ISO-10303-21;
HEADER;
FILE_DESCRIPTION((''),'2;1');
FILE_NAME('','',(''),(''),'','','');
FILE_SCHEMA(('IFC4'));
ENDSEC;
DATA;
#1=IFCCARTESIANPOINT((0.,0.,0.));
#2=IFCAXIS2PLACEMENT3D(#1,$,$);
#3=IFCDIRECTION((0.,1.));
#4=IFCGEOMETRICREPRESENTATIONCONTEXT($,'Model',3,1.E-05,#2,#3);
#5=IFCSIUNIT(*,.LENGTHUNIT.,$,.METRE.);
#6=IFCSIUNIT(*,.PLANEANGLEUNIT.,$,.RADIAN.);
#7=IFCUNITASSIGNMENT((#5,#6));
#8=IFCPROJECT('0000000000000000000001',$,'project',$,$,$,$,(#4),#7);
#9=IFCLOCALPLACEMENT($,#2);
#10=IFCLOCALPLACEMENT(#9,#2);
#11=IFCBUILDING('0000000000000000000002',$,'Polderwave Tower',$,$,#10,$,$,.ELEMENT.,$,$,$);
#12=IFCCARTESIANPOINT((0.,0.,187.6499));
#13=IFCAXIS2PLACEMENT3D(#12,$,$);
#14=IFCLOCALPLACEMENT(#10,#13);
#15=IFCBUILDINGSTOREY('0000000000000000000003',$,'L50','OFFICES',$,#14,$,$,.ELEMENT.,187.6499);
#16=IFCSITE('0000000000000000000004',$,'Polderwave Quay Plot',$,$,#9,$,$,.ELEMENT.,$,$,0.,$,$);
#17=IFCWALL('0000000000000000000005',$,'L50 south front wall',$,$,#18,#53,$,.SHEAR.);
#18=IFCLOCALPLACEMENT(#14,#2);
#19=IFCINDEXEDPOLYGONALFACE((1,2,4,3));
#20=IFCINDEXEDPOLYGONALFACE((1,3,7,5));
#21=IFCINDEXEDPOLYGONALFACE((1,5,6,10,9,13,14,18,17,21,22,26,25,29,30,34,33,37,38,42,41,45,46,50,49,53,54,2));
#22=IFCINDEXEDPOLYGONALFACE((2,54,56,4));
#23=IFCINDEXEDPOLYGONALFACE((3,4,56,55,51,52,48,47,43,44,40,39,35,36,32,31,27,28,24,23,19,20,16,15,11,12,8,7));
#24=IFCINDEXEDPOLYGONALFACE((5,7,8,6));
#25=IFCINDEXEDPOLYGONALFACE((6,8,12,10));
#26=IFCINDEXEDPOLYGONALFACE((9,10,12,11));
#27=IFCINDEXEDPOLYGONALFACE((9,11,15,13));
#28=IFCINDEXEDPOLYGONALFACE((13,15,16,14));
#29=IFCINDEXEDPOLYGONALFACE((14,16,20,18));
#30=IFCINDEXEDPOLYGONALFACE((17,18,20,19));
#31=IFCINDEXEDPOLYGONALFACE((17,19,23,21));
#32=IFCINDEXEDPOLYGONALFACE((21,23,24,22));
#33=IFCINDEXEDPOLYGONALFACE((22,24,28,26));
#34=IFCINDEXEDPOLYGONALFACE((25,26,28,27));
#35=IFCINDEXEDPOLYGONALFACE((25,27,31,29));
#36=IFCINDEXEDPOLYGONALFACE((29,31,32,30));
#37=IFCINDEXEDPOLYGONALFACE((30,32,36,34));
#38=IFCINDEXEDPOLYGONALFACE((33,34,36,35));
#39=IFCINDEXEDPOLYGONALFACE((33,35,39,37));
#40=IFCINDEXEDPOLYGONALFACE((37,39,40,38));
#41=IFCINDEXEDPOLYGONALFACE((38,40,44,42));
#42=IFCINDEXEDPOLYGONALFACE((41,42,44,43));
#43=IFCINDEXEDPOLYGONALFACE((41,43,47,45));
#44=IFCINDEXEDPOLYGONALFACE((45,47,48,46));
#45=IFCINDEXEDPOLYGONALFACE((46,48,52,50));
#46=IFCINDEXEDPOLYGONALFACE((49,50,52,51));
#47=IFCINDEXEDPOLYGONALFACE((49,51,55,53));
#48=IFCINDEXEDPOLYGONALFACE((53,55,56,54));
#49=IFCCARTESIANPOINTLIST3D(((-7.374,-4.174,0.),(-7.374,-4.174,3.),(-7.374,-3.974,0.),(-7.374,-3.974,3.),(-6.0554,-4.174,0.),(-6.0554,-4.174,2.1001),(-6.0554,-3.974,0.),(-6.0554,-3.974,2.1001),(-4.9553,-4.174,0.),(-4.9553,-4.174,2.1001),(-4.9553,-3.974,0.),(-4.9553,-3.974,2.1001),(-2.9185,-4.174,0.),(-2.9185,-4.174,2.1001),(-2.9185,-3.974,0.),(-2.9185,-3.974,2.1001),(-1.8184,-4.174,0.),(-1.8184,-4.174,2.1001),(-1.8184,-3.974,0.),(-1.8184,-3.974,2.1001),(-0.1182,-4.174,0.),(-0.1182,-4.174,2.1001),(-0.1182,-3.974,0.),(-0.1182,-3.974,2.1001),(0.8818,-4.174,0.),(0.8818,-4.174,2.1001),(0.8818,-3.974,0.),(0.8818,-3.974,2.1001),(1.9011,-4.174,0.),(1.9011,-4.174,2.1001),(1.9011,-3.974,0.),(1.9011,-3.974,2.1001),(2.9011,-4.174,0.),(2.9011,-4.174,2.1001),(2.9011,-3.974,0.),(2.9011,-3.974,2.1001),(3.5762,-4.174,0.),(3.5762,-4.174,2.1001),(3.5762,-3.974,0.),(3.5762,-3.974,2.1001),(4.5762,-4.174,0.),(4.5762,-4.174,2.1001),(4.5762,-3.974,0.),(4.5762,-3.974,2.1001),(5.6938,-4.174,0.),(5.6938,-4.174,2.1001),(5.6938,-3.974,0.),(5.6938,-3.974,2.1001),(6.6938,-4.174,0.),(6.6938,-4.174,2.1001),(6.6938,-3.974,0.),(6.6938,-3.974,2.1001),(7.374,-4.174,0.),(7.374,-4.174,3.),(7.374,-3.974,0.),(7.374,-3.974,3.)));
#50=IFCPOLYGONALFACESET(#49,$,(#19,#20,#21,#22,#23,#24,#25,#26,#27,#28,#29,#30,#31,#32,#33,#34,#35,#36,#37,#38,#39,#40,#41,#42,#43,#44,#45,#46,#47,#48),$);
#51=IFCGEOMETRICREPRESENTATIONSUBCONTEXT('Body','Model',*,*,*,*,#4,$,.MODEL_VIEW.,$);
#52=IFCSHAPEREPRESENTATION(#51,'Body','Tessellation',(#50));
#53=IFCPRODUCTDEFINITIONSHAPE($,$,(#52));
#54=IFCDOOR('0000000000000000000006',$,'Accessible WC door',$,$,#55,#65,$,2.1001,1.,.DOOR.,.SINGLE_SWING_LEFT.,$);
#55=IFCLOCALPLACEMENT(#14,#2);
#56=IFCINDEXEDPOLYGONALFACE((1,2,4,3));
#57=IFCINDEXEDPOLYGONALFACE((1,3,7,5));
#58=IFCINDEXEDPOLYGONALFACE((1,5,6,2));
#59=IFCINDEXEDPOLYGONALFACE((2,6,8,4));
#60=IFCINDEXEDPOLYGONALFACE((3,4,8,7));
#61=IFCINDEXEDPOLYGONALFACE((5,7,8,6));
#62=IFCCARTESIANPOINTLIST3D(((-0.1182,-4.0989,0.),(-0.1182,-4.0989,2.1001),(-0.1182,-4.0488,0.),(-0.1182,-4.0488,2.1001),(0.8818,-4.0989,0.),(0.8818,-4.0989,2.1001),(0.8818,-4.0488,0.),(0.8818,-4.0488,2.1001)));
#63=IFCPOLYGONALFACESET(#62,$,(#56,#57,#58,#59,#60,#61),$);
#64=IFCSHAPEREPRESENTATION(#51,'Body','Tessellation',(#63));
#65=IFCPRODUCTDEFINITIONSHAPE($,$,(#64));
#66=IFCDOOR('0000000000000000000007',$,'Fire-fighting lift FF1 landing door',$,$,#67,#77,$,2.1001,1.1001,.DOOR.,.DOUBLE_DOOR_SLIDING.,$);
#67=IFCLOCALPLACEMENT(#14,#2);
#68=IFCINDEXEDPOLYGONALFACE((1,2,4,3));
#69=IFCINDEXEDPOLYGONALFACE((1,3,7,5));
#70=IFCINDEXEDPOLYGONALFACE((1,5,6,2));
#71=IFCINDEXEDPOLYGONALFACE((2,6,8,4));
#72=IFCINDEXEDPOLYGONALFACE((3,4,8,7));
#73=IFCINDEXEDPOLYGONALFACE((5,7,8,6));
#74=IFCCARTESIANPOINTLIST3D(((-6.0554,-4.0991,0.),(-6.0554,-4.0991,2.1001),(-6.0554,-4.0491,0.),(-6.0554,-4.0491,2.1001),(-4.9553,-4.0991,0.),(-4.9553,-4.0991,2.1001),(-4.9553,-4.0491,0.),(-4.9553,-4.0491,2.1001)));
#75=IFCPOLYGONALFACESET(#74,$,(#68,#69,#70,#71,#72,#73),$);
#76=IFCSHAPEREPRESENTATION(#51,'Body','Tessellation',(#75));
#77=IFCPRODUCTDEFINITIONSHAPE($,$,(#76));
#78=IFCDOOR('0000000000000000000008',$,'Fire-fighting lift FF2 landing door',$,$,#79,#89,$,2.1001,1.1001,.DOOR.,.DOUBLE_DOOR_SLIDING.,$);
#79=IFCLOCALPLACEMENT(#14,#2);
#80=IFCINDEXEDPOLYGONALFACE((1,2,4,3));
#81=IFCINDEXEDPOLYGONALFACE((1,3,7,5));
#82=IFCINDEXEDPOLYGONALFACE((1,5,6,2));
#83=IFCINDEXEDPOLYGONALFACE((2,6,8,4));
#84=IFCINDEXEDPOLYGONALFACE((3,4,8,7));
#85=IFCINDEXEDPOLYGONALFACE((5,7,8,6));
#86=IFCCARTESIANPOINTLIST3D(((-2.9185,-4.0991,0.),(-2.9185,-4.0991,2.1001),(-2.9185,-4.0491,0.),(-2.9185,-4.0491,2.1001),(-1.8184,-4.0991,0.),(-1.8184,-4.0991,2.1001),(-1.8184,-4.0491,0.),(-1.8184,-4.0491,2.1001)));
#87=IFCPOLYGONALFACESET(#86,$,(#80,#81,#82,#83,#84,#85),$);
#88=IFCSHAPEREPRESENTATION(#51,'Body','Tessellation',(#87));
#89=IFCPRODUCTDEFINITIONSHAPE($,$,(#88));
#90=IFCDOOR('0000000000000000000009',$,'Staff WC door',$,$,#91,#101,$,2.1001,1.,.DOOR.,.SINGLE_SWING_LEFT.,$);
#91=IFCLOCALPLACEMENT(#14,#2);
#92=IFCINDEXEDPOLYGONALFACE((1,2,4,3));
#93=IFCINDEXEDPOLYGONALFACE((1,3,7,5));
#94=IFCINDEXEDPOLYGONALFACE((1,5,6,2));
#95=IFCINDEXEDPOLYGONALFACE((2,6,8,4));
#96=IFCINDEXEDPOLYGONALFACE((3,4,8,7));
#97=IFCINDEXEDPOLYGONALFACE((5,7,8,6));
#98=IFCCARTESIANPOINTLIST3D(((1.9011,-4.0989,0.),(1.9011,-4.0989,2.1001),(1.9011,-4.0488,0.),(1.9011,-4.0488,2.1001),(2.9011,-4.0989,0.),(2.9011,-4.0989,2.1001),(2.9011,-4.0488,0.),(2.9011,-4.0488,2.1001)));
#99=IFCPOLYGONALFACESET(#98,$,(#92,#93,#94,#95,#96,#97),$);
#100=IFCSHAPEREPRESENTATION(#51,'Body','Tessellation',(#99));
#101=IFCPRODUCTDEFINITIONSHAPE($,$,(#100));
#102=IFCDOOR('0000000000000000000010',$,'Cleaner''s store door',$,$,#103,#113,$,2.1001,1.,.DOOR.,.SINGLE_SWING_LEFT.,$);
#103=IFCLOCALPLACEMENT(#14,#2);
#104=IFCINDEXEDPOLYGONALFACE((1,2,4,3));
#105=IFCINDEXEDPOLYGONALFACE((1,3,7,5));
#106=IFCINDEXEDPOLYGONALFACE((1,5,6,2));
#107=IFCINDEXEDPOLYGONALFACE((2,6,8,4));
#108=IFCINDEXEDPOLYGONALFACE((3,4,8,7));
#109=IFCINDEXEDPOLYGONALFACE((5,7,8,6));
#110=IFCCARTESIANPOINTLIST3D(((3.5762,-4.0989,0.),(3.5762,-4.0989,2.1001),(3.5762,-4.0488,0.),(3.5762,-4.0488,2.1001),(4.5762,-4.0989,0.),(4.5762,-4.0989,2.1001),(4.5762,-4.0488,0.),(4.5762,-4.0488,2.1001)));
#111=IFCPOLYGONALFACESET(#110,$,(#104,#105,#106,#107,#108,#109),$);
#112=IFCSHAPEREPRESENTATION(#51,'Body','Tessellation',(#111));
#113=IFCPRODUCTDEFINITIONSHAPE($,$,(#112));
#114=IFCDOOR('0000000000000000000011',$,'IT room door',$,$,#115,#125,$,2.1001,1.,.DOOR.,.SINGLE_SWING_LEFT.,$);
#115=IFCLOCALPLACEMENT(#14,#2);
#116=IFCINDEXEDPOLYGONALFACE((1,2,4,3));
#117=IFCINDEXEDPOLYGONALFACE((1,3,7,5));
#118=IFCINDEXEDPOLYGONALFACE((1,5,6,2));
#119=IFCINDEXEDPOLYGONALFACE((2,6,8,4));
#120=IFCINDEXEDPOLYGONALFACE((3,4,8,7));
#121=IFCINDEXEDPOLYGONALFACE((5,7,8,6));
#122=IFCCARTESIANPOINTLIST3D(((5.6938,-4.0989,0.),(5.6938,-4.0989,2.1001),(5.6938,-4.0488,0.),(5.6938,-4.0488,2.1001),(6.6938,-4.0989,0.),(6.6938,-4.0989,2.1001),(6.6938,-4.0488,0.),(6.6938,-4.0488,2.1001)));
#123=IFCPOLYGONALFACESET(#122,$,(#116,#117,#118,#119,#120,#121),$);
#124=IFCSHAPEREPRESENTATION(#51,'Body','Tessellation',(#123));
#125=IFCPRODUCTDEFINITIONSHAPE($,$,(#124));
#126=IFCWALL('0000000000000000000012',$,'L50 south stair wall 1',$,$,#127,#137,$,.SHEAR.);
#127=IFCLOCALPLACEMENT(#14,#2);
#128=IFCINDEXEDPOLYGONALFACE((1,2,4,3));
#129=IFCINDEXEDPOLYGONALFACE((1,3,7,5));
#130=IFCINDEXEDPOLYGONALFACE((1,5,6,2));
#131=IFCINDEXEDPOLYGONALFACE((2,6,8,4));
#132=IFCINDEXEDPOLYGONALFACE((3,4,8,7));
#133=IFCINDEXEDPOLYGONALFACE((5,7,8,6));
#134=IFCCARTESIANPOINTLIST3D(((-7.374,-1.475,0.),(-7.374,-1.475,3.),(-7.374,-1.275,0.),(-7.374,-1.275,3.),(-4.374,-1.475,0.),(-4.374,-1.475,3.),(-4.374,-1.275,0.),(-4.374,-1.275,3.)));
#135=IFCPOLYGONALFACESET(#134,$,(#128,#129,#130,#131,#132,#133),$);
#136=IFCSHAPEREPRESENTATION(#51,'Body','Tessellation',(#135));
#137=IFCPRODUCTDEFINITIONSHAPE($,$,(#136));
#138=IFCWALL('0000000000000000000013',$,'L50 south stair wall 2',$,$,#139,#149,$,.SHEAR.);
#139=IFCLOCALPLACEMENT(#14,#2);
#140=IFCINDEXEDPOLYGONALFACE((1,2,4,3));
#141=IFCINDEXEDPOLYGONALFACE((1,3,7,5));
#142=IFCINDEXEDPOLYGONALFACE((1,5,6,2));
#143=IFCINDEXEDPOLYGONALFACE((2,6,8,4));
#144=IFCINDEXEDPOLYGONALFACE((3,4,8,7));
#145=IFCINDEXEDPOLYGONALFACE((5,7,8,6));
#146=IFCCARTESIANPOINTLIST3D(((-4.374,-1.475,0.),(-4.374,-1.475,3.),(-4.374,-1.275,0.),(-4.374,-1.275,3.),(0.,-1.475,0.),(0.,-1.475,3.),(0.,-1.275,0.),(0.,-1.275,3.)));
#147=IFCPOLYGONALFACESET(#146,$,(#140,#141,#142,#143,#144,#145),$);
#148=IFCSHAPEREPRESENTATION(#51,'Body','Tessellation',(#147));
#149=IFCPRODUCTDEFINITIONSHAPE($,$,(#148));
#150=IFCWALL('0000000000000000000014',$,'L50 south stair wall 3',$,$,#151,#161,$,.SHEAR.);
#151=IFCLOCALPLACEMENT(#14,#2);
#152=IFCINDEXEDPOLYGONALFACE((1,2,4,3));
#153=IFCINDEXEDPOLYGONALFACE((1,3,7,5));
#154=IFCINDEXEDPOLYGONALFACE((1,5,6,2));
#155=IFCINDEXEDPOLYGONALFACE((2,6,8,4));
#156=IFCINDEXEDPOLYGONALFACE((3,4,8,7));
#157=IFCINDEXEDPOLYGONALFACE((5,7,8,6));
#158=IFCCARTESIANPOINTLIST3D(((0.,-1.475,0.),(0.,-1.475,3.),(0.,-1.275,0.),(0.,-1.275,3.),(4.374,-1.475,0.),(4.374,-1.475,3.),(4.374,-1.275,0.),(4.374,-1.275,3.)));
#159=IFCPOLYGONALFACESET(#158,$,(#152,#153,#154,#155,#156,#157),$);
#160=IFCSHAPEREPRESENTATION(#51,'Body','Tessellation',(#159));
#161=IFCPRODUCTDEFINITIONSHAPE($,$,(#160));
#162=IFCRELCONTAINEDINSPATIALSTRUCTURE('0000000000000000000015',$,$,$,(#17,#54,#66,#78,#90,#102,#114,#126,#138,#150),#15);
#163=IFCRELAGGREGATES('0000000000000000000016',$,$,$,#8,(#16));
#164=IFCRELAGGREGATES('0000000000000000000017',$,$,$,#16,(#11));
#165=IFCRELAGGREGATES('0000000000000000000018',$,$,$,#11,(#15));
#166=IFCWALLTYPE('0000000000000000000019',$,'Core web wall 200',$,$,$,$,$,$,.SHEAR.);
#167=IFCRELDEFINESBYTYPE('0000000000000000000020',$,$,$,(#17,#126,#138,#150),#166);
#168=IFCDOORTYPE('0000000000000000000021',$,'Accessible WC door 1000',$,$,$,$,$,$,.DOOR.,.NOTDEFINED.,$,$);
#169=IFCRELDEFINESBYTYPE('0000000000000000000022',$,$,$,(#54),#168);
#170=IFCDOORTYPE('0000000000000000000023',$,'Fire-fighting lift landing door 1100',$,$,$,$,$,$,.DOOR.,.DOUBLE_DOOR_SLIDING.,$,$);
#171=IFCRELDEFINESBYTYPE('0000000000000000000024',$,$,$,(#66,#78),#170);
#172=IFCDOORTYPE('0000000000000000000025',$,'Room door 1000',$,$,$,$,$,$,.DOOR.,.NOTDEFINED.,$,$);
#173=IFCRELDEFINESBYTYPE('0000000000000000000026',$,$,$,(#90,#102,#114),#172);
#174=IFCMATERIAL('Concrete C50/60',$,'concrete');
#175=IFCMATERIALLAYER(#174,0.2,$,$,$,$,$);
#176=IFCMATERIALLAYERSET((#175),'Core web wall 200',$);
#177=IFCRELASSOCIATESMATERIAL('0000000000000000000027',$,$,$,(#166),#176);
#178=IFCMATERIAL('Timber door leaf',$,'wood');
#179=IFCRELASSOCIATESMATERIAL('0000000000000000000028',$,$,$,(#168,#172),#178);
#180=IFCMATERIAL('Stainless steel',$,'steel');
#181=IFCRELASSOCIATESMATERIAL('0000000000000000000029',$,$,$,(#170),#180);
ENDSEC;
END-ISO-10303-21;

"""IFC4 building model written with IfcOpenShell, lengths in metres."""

from ifc_helpers import new_model, si_unit, direction, frame, frame_2d, origin, place, context, subcontext, project, spatial, rectangle, extrude, material, layer, layer_set, type_object, element, fill, save


model = new_model("IFC4")

# Units and contexts
model_context = context("Model", 3, precision=1e-05, world=origin(), true_north=direction((0.0, 1.0)))
body_context = subcontext(model_context, "Body", "Model", "MODEL_VIEW")
ifc_project = project(units=[si_unit("LENGTHUNIT", "METRE"), si_unit("PLANEANGLEUNIT", "RADIAN")], contexts=[model_context])

# Site, building, storey
site_placement = place(None, origin())
site = spatial("IfcSite", under=ifc_project, at=site_placement, Name="Polderwave Quay Plot", CompositionType="ELEMENT", RefElevation=0.0)
building_placement = place(site_placement, origin())
building = spatial("IfcBuilding", under=site, at=building_placement, Name="Polderwave Tower", CompositionType="ELEMENT")
storey_placement = place(building_placement, frame((0.0, 0.0, 187.6499)))
storey = spatial("IfcBuildingStorey", under=building, at=storey_placement, Name="L50", Description="OFFICES", CompositionType="ELEMENT", Elevation=187.6499)

# Wall, openings, doors
ifc_material_1 = material(Name="Concrete C50/60", Category="concrete")
ifc_layer_1 = layer(ifc_material_1, 0.2)
ifc_layer_set_1 = layer_set([ifc_layer_1], Name="Core web wall 200")
wall_type_1 = type_object("IfcWallType", Name="Core web wall 200", PredefinedType="SHEAR", material=ifc_layer_set_1)
wall_1_placement = place(storey_placement, frame((-7.374, -4.074, 0.0), z_axis=(0.0, 0.0, 1.0), x_axis=(1.0, 0.0, 0.0)))
wall_1 = element("IfcWall", 1, at=wall_1_placement, inside=storey, type_object=wall_type_1, Name="L50 south front wall", PredefinedType="SHEAR", context=body_context, shape_type="SweptSolid", body=[
    extrude(rectangle(XDim=14.748, YDim=0.2, at=frame_2d((7.374, 0.0))), origin(), (0.0, 0.0, 1.0), 3.0),
])
opening_1_placement = place(wall_1_placement, frame((1.3186, 0.0, 0.0)))
opening_1 = element("IfcOpeningElement", 2, at=opening_1_placement, cuts=wall_1, PredefinedType="OPENING", context=body_context, shape_type="SweptSolid", body=[
    extrude(rectangle(XDim=1.1001, YDim=2.1001, at=frame_2d((0.55, 1.05))), frame((0.0, 0.1099, 0.0), z_axis=(0.0, -1.0, 0.0), x_axis=(1.0, 0.0, 0.0)), (0.0, 0.0, 1.0), 0.22),
])
opening_2_placement = place(wall_1_placement, frame((4.4556, 0.0, 0.0)))
opening_2 = element("IfcOpeningElement", 3, at=opening_2_placement, cuts=wall_1, PredefinedType="OPENING", context=body_context, shape_type="SweptSolid", body=[
    extrude(rectangle(XDim=1.1001, YDim=2.1001, at=frame_2d((0.55, 1.05))), frame((0.0, 0.1099, 0.0), z_axis=(0.0, -1.0, 0.0), x_axis=(1.0, 0.0, 0.0)), (0.0, 0.0, 1.0), 0.22),
])
opening_3_placement = place(wall_1_placement, frame((7.2559, 0.0, 0.0)))
opening_3 = element("IfcOpeningElement", 4, at=opening_3_placement, cuts=wall_1, PredefinedType="OPENING", context=body_context, shape_type="SweptSolid", body=[
    extrude(rectangle(XDim=1.0, YDim=2.1001, at=frame_2d((0.5, 1.05))), frame((0.0, 0.1099, 0.0), z_axis=(0.0, -1.0, 0.0), x_axis=(1.0, 0.0, 0.0)), (0.0, 0.0, 1.0), 0.22),
])
opening_4_placement = place(wall_1_placement, frame((9.2751, 0.0, 0.0)))
opening_4 = element("IfcOpeningElement", 5, at=opening_4_placement, cuts=wall_1, PredefinedType="OPENING", context=body_context, shape_type="SweptSolid", body=[
    extrude(rectangle(XDim=1.0, YDim=2.1001, at=frame_2d((0.5, 1.05))), frame((0.0, 0.1099, 0.0), z_axis=(0.0, -1.0, 0.0), x_axis=(1.0, 0.0, 0.0)), (0.0, 0.0, 1.0), 0.22),
])
opening_5_placement = place(wall_1_placement, frame((10.9502, 0.0, 0.0)))
opening_5 = element("IfcOpeningElement", 6, at=opening_5_placement, cuts=wall_1, PredefinedType="OPENING", context=body_context, shape_type="SweptSolid", body=[
    extrude(rectangle(XDim=1.0, YDim=2.1001, at=frame_2d((0.5, 1.05))), frame((0.0, 0.1099, 0.0), z_axis=(0.0, -1.0, 0.0), x_axis=(1.0, 0.0, 0.0)), (0.0, 0.0, 1.0), 0.22),
])
opening_6_placement = place(wall_1_placement, frame((13.0679, 0.0, 0.0)))
opening_6 = element("IfcOpeningElement", 7, at=opening_6_placement, cuts=wall_1, PredefinedType="OPENING", context=body_context, shape_type="SweptSolid", body=[
    extrude(rectangle(XDim=1.0, YDim=2.1001, at=frame_2d((0.5, 1.05))), frame((0.0, 0.1099, 0.0), z_axis=(0.0, -1.0, 0.0), x_axis=(1.0, 0.0, 0.0)), (0.0, 0.0, 1.0), 0.22),
])
ifc_material_2 = material(Name="Timber door leaf", Category="wood")
door_type_1 = type_object("IfcDoorType", Name="Accessible WC door 1000", OperationType="NOTDEFINED", PredefinedType="DOOR", material=ifc_material_2)
door_1_placement = place(opening_3_placement, frame((1.0, 0.0, 0.0), z_axis=(0.0, 0.0, 1.0), x_axis=(-1.0, 0.0, 0.0)))
door_1 = element("IfcDoor", 8, at=door_1_placement, inside=storey, type_object=door_type_1, Name="Accessible WC door", OperationType="SINGLE_SWING_LEFT", OverallHeight=2.1001, OverallWidth=1.0, PredefinedType="DOOR", context=body_context, shape_type="SweptSolid", body=[
    extrude(rectangle(XDim=1.0, YDim=2.1001, at=frame_2d((0.5, 1.05))), frame((0.0, 0.0249, 0.0), z_axis=(0.0, -1.0, 0.0), x_axis=(1.0, 0.0, 0.0)), (0.0, 0.0, 1.0), 0.05),
])
fill(opening_3, door_1)
ifc_material_3 = material(Name="Stainless steel", Category="steel")
door_type_2 = type_object("IfcDoorType", Name="Fire-fighting lift landing door 1100", OperationType="DOUBLE_DOOR_SLIDING", PredefinedType="DOOR", material=ifc_material_3)
door_2_placement = place(opening_1_placement, origin())
door_2 = element("IfcDoor", 9, at=door_2_placement, inside=storey, type_object=door_type_2, Name="Fire-fighting lift FF1 landing door", OperationType="DOUBLE_DOOR_SLIDING", OverallHeight=2.1001, OverallWidth=1.1001, PredefinedType="DOOR", context=body_context, shape_type="SweptSolid", body=[
    extrude(rectangle(XDim=1.1001, YDim=2.1001, at=frame_2d((0.55, 1.05))), frame((0.0, 0.0249, 0.0), z_axis=(0.0, -1.0, 0.0), x_axis=(1.0, 0.0, 0.0)), (0.0, 0.0, 1.0), 0.05),
])
fill(opening_1, door_2)
door_3_placement = place(opening_2_placement, origin())
door_3 = element("IfcDoor", 10, at=door_3_placement, inside=storey, type_object=door_type_2, Name="Fire-fighting lift FF2 landing door", OperationType="DOUBLE_DOOR_SLIDING", OverallHeight=2.1001, OverallWidth=1.1001, PredefinedType="DOOR", context=body_context, shape_type="SweptSolid", body=[
    extrude(rectangle(XDim=1.1001, YDim=2.1001, at=frame_2d((0.55, 1.05))), frame((0.0, 0.0249, 0.0), z_axis=(0.0, -1.0, 0.0), x_axis=(1.0, 0.0, 0.0)), (0.0, 0.0, 1.0), 0.05),
])
fill(opening_2, door_3)
door_type_3 = type_object("IfcDoorType", Name="Room door 1000", OperationType="NOTDEFINED", PredefinedType="DOOR", material=ifc_material_2)
door_4_placement = place(opening_4_placement, frame((1.0, 0.0, 0.0), z_axis=(0.0, 0.0, 1.0), x_axis=(-1.0, 0.0, 0.0)))
door_4 = element("IfcDoor", 11, at=door_4_placement, inside=storey, type_object=door_type_3, Name="Staff WC door", OperationType="SINGLE_SWING_LEFT", OverallHeight=2.1001, OverallWidth=1.0, PredefinedType="DOOR", context=body_context, shape_type="SweptSolid", body=[
    extrude(rectangle(XDim=1.0, YDim=2.1001, at=frame_2d((0.5, 1.05))), frame((0.0, 0.0249, 0.0), z_axis=(0.0, -1.0, 0.0), x_axis=(1.0, 0.0, 0.0)), (0.0, 0.0, 1.0), 0.05),
])
fill(opening_4, door_4)
door_5_placement = place(opening_5_placement, frame((1.0, 0.0, 0.0), z_axis=(0.0, 0.0, 1.0), x_axis=(-1.0, 0.0, 0.0)))
door_5 = element("IfcDoor", 12, at=door_5_placement, inside=storey, type_object=door_type_3, Name="Cleaner's store door", OperationType="SINGLE_SWING_LEFT", OverallHeight=2.1001, OverallWidth=1.0, PredefinedType="DOOR", context=body_context, shape_type="SweptSolid", body=[
    extrude(rectangle(XDim=1.0, YDim=2.1001, at=frame_2d((0.5, 1.05))), frame((0.0, 0.0249, 0.0), z_axis=(0.0, -1.0, 0.0), x_axis=(1.0, 0.0, 0.0)), (0.0, 0.0, 1.0), 0.05),
])
fill(opening_5, door_5)
door_6_placement = place(opening_6_placement, frame((1.0, 0.0, 0.0), z_axis=(0.0, 0.0, 1.0), x_axis=(-1.0, 0.0, 0.0)))
door_6 = element("IfcDoor", 13, at=door_6_placement, inside=storey, type_object=door_type_3, Name="IT room door", OperationType="SINGLE_SWING_LEFT", OverallHeight=2.1001, OverallWidth=1.0, PredefinedType="DOOR", context=body_context, shape_type="SweptSolid", body=[
    extrude(rectangle(XDim=1.0, YDim=2.1001, at=frame_2d((0.5, 1.05))), frame((0.0, 0.0249, 0.0), z_axis=(0.0, -1.0, 0.0), x_axis=(1.0, 0.0, 0.0)), (0.0, 0.0, 1.0), 0.05),
])
fill(opening_6, door_6)

# Walls
wall_2_placement = place(storey_placement, frame((-7.374, -1.375, 0.0), z_axis=(0.0, 0.0, 1.0), x_axis=(1.0, 0.0, 0.0)))
element("IfcWall", 14, at=wall_2_placement, inside=storey, type_object=wall_type_1, Name="L50 south stair wall 1", PredefinedType="SHEAR", context=body_context, shape_type="SweptSolid", body=[
    extrude(rectangle(XDim=3.0, YDim=0.2, at=frame_2d((1.5, 0.0))), origin(), (0.0, 0.0, 1.0), 3.0),
])
for number, where, z_axis, x_axis, name in (
    (15, (-4.374, -1.375, 0.0), (0.0, 0.0, 1.0), (1.0, 0.0, 0.0), "L50 south stair wall 2"),
    (16, (0.0, -1.375, 0.0), (0.0, 0.0, 1.0), (1.0, 0.0, 0.0), "L50 south stair wall 3"),
):
    element("IfcWall", number, at=place(storey_placement, frame(where, z_axis=z_axis, x_axis=x_axis)), inside=storey, type_object=wall_type_1, Name=name, PredefinedType="SHEAR", context=body_context, shape_type="SweptSolid", body=[
        extrude(rectangle(XDim=4.374, YDim=0.2, at=frame_2d((2.187, 0.0))), origin(), (0.0, 0.0, 1.0), 3.0),
    ])

save(model, "model.ifc")
